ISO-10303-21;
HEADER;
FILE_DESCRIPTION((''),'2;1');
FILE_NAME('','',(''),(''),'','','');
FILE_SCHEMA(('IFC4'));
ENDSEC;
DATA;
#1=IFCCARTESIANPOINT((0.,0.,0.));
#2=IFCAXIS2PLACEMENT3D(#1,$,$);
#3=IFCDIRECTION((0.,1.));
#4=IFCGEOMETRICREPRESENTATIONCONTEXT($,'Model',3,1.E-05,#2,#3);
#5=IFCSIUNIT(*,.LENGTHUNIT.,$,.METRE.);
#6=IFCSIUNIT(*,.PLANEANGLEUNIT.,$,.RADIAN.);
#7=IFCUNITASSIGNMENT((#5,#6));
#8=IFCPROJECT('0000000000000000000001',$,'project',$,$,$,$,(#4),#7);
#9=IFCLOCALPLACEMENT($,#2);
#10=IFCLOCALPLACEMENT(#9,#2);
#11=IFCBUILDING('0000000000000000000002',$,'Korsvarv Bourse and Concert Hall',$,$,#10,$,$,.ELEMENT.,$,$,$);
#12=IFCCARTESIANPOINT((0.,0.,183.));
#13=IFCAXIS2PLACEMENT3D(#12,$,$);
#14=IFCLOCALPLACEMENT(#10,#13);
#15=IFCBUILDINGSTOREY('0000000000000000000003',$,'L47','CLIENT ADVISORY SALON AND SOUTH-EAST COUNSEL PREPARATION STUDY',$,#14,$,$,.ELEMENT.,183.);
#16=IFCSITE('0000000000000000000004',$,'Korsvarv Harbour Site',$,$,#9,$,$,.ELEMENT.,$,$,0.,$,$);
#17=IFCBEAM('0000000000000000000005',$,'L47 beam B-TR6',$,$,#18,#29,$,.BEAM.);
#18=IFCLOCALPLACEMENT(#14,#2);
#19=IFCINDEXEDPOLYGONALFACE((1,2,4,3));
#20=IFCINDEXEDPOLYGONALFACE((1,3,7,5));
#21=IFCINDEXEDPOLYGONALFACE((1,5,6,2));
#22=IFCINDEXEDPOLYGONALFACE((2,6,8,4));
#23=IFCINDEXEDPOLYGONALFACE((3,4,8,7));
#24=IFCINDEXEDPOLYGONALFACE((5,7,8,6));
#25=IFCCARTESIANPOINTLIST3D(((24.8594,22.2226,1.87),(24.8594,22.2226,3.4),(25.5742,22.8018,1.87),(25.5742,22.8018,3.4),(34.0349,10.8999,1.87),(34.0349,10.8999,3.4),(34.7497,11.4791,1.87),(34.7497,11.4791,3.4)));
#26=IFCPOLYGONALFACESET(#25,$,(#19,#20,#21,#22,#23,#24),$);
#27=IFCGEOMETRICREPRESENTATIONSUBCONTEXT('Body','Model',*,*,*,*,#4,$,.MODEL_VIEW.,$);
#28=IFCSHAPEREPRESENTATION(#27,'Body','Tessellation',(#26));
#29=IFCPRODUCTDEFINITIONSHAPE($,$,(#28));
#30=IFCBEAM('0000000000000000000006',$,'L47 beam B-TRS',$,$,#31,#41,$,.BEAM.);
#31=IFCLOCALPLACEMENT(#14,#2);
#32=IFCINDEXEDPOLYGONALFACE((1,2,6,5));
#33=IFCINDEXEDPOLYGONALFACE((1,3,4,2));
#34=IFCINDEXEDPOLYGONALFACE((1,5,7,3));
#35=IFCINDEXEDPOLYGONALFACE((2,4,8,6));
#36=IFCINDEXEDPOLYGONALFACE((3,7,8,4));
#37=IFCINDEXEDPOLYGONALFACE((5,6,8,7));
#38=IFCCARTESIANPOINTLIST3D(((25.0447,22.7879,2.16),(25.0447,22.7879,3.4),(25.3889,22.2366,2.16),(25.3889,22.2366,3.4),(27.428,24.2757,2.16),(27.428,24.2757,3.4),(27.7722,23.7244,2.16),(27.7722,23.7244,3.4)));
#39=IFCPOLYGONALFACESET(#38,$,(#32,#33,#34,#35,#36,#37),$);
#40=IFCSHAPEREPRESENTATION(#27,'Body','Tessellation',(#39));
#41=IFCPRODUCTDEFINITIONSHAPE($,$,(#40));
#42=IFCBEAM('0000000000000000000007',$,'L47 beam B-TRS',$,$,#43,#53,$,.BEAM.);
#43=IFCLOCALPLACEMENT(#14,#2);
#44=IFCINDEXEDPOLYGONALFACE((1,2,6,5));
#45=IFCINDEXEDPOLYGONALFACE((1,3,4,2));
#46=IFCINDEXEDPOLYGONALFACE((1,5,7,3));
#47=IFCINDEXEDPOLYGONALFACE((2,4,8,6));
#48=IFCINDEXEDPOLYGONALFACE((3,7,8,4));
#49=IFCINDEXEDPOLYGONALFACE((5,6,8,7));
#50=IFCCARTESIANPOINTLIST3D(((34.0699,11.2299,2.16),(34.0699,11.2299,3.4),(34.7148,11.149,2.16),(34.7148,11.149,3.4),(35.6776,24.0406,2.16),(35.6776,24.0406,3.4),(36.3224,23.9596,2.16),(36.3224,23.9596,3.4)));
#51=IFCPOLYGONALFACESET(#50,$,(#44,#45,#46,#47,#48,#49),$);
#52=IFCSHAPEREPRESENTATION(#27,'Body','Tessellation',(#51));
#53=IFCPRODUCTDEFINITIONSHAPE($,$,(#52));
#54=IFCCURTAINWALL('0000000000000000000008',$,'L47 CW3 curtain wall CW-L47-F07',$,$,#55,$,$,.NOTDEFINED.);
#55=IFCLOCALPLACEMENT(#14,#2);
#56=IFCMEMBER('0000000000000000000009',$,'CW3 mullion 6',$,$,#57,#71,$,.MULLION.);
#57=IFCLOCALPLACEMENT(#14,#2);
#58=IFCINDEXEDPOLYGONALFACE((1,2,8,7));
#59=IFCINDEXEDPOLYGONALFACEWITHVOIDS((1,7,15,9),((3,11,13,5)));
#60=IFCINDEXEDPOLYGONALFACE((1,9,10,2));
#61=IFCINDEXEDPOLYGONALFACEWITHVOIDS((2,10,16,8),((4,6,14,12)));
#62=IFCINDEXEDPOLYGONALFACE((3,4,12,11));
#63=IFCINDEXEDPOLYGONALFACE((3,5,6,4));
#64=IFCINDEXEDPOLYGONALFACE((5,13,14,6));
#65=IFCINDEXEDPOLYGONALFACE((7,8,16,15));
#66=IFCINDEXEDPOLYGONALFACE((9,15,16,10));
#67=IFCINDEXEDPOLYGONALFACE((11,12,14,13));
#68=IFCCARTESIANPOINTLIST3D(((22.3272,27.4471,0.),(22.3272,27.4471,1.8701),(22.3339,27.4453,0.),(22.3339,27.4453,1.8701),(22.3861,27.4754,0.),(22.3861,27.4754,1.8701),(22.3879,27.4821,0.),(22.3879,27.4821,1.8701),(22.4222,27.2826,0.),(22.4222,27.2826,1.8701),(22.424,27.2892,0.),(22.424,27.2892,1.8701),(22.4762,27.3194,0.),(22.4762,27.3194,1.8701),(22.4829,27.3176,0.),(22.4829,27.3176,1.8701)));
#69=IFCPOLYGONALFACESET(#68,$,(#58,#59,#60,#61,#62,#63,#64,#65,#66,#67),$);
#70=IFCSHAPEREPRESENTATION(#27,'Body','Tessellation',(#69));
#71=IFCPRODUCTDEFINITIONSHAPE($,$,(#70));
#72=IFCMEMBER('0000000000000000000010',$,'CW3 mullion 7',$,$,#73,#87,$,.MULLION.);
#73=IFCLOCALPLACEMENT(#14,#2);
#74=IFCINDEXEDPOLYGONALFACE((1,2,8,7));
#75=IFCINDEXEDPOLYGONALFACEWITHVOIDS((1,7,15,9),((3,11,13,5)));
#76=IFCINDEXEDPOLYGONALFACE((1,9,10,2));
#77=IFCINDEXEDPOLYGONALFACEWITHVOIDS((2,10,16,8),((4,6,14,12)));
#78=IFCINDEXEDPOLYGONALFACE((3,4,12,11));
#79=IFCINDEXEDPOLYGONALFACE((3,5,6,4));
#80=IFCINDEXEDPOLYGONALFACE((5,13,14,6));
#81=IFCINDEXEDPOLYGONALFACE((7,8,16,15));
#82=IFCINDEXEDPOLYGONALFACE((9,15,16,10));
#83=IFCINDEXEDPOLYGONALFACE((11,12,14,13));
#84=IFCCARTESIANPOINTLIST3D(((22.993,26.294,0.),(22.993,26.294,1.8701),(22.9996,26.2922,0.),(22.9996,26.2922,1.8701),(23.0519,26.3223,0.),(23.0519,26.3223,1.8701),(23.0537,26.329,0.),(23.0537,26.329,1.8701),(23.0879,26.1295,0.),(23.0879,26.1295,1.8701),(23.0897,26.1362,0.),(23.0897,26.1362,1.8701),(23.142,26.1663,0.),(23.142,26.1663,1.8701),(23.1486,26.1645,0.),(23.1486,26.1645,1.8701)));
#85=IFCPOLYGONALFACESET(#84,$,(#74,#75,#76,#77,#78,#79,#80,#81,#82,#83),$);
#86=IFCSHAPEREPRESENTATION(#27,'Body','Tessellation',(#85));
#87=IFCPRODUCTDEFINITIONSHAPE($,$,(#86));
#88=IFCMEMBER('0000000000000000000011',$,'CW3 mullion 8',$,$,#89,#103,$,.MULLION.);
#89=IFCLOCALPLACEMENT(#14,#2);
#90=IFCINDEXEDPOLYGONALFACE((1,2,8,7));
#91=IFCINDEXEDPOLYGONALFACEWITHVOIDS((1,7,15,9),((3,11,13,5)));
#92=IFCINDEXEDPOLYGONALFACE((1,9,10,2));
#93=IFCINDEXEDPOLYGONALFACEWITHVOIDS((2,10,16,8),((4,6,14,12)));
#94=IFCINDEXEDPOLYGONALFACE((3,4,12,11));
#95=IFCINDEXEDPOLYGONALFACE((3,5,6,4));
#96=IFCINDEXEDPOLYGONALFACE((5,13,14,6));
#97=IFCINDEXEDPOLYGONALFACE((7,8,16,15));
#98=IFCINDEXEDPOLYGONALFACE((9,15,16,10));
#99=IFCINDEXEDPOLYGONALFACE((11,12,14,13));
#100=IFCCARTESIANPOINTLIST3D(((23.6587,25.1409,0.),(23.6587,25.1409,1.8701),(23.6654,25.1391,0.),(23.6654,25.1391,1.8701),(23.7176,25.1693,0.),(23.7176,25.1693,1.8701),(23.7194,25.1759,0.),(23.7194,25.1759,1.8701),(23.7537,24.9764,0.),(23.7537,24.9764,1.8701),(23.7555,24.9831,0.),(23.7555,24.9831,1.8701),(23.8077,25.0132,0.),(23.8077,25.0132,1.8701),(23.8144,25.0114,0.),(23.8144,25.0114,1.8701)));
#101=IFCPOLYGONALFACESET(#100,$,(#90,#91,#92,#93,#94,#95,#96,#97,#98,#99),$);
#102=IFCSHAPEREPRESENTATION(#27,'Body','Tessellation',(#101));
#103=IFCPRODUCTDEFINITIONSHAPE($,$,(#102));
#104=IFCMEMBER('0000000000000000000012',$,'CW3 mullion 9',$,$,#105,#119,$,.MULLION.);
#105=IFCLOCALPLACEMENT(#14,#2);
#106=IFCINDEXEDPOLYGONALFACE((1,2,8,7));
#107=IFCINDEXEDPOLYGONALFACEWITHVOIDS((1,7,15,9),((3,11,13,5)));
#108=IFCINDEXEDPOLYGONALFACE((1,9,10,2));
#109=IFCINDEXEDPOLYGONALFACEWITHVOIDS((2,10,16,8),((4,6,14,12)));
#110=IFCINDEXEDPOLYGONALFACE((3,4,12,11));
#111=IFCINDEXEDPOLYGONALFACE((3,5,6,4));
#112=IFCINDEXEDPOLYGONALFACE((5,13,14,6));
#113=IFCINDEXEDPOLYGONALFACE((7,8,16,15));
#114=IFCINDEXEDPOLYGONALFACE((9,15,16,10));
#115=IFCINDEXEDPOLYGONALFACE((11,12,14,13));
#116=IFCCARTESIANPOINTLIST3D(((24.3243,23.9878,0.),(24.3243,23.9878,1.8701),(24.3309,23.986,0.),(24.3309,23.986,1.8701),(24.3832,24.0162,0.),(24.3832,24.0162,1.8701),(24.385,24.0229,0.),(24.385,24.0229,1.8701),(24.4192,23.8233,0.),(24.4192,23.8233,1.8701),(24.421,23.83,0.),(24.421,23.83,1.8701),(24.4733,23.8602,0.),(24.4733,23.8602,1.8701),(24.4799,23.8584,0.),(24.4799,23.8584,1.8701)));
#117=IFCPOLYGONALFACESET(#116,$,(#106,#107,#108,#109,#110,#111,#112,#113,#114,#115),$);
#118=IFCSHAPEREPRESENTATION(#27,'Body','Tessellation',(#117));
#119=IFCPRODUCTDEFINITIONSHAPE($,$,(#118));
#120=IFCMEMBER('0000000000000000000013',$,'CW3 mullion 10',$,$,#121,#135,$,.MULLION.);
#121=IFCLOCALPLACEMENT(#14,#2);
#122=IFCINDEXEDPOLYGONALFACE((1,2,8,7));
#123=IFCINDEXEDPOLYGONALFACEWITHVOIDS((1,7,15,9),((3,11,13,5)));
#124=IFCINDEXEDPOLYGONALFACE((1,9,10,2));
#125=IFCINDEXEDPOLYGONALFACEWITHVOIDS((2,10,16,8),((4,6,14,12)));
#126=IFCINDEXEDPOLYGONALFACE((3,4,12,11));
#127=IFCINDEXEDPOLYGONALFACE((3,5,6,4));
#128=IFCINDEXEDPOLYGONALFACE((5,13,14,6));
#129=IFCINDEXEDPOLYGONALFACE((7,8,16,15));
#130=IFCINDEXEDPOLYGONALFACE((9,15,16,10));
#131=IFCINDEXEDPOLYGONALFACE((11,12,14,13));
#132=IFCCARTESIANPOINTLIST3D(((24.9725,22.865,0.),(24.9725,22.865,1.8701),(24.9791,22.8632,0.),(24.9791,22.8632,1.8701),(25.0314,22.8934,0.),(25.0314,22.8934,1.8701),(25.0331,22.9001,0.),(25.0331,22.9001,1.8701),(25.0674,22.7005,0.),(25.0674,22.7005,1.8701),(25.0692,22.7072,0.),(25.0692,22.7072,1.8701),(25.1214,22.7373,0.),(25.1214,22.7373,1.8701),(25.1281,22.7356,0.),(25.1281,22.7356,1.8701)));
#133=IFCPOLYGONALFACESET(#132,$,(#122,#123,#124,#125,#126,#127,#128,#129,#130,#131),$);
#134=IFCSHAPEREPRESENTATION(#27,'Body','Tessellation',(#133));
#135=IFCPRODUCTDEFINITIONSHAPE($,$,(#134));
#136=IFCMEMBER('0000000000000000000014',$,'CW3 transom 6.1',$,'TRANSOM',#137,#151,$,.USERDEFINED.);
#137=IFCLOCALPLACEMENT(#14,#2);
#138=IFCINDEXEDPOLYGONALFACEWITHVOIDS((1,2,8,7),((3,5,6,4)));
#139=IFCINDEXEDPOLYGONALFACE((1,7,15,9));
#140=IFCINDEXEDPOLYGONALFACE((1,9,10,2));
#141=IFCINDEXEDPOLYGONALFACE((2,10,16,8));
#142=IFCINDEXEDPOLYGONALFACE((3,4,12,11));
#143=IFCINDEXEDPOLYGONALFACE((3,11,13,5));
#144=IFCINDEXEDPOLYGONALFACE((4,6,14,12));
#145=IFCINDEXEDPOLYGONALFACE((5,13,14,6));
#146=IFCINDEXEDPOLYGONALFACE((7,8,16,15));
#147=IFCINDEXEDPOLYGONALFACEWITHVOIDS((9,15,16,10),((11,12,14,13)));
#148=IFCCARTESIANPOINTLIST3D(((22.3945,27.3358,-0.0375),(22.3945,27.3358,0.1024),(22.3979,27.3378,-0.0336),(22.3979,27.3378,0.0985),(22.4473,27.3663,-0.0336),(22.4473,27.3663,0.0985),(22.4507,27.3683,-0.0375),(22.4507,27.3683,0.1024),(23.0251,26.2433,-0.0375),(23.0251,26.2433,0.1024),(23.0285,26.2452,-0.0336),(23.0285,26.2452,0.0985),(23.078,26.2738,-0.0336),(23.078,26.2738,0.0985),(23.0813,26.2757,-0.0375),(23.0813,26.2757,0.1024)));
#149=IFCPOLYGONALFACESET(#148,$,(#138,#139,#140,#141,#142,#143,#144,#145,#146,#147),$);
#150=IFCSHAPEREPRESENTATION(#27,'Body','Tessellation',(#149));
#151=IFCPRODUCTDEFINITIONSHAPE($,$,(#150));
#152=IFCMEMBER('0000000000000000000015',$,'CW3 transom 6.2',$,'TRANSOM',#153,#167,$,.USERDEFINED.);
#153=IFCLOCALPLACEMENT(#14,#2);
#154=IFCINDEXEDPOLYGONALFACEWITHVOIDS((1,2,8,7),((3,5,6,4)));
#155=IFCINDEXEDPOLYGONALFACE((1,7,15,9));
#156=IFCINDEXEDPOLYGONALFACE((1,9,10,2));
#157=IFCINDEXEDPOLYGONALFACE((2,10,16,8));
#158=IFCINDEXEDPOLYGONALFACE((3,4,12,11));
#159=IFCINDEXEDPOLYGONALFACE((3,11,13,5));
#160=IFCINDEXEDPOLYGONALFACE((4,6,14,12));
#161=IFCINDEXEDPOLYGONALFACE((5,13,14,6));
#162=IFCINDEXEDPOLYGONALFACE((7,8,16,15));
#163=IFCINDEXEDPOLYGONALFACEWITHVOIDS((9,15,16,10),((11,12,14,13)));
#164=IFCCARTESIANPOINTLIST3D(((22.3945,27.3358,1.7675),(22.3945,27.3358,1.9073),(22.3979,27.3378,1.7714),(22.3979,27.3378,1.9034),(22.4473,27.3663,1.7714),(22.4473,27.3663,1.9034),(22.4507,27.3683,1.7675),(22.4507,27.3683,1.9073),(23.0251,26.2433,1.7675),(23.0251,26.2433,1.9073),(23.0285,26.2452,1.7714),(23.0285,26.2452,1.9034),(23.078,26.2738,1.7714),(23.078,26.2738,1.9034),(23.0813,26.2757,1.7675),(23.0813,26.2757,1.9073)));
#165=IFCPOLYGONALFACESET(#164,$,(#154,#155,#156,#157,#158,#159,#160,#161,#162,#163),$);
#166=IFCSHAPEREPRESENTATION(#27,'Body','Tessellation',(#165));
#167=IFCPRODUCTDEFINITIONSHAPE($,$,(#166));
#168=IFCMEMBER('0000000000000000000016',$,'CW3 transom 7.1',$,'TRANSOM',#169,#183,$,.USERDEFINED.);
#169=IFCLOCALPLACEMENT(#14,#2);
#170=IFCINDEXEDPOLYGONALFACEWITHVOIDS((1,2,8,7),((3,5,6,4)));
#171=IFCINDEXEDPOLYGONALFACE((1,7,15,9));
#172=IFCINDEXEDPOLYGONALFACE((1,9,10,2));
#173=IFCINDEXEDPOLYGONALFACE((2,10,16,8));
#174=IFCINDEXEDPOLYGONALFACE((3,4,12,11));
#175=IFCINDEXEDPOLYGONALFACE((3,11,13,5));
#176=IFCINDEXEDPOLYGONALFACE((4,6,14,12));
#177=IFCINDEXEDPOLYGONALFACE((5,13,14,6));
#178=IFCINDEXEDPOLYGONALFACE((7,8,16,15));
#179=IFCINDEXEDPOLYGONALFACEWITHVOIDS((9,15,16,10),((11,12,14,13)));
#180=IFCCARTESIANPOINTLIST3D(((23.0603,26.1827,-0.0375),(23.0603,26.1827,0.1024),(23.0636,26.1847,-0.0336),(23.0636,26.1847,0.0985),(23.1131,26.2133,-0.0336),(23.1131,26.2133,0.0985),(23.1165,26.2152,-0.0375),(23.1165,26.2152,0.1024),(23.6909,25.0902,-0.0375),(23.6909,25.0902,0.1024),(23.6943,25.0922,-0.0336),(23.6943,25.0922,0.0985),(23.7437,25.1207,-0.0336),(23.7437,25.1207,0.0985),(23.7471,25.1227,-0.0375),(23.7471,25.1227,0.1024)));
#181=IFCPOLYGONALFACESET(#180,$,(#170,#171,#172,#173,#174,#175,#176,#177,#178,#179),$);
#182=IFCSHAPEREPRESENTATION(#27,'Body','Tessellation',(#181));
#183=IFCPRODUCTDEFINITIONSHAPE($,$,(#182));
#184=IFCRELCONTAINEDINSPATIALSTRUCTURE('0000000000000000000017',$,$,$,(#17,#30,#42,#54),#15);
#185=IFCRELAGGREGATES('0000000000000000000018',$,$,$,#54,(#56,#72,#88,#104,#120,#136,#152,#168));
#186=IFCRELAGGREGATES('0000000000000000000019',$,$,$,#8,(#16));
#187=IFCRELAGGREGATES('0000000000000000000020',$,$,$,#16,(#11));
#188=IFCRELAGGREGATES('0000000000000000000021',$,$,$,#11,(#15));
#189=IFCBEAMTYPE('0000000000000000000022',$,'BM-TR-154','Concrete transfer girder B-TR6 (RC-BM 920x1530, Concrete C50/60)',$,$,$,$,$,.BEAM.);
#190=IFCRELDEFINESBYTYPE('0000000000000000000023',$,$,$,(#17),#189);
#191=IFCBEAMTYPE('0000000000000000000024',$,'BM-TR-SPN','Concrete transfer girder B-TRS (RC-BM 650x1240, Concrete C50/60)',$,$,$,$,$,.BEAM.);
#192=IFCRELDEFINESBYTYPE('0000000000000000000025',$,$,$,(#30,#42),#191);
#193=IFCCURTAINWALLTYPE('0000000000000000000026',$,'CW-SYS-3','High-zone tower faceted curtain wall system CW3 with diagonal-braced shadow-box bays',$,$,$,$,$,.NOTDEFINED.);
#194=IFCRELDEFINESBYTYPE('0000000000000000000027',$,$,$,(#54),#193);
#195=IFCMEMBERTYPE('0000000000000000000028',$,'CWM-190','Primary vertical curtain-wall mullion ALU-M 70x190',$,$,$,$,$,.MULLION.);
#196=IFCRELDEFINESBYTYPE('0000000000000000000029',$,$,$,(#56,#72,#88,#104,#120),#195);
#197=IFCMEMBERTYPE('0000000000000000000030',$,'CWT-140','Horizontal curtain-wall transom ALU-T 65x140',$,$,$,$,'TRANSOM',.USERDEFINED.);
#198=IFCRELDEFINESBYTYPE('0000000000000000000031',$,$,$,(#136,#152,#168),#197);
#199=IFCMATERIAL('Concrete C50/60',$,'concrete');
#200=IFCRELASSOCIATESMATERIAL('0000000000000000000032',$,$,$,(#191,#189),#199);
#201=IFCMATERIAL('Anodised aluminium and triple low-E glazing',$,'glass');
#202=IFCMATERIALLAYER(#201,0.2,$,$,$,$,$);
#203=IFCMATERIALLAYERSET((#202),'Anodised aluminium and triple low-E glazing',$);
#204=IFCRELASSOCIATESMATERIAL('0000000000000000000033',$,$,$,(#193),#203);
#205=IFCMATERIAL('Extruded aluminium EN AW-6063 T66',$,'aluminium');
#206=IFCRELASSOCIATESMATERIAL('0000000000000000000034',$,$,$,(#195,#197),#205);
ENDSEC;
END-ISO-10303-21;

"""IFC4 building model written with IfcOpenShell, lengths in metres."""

from ifc_helpers import new_model, si_unit, direction, frame, origin, origin_2d, place, context, subcontext, project, spatial, rectangle, hollow_rectangle, extrude, source, transform, mapped, material, layer, layer_set, material_profile, profile_set, type_object, element, aggregate, save


model = new_model("IFC4")

# Units and contexts
model_context = context("Model", 3, precision=1e-05, world=origin(), true_north=direction((0.0, 1.0)))
body_context = subcontext(model_context, "Body", "Model", "MODEL_VIEW")
ifc_project = project(units=[si_unit("LENGTHUNIT", "METRE"), si_unit("PLANEANGLEUNIT", "RADIAN")], contexts=[model_context])

# Site, building, storey
site_placement = place(None, origin())
site = spatial("IfcSite", under=ifc_project, at=site_placement, Name="Korsvarv Harbour Site", CompositionType="ELEMENT", RefElevation=0.0)
building_placement = place(site_placement, origin())
building = spatial("IfcBuilding", under=site, at=building_placement, Name="Korsvarv Bourse and Concert Hall", CompositionType="ELEMENT")
storey_placement = place(building_placement, frame((0.0, 0.0, 183.0)))
storey = spatial("IfcBuildingStorey", under=building, at=storey_placement, Name="L47", Description="CLIENT ADVISORY SALON AND SOUTH-EAST COUNSEL PREPARATION STUDY", CompositionType="ELEMENT", Elevation=183.0)

# Beams
ifc_material_1 = material(Name="Concrete C50/60", Category="concrete")
ifc_material_profile_1 = material_profile(ifc_material_1, rectangle(XDim=0.6499, YDim=1.24, at=origin_2d()), Name="RC-BM 650x1240")
ifc_profile_set_1 = profile_set([ifc_material_profile_1], Name="Concrete C50/60")
beam_type_1 = type_object("IfcBeamType", Name="BM-TR-SPN", Description="Concrete transfer girder B-TRS (RC-BM 650x1240, Concrete C50/60)", PredefinedType="BEAM", material=ifc_profile_set_1)
ifc_material_profile_2 = material_profile(ifc_material_1, rectangle(XDim=0.9199, YDim=1.53, at=origin_2d()), Name="RC-BM 920x1530")
ifc_profile_set_2 = profile_set([ifc_material_profile_2], Name="Concrete C50/60")
beam_type_2 = type_object("IfcBeamType", Name="BM-TR-154", Description="Concrete transfer girder B-TR6 (RC-BM 920x1530, Concrete C50/60)", PredefinedType="BEAM", material=ifc_profile_set_2)
shared_shape_1 = source(origin(), body_context, "Body", "SweptSolid", [
    extrude(rectangle(XDim=0.9199, YDim=1.53, at=origin_2d()), origin(), (0.0, 0.0, 1.0), 14.5737),
])
beam_1_placement = place(storey_placement, frame((25.2168, 22.5122, 2.635), z_axis=(0.629592, -0.776926, 0.0), x_axis=(0.776926, 0.629592, 0.0)))
element("IfcBeam", 1, at=beam_1_placement, inside=storey, type_object=beam_type_2, Name="L47 beam B-TR6", PredefinedType="BEAM", context=body_context, shape_type="MappedRepresentation", body=[
    mapped(shared_shape_1, transform((0.0, 0.0, 0.0), scale=1.0)),
])
shared_shape_2 = source(origin(), body_context, "Body", "SweptSolid", [
    extrude(rectangle(XDim=0.6499, YDim=1.24, at=origin_2d()), origin(), (0.0, 0.0, 1.0), 2.8096),
])
beam_2_placement = place(storey_placement, frame((25.2168, 22.5122, 2.78), z_axis=(0.848281, 0.529546, 0.0), x_axis=(-0.529546, 0.848281, 0.0)))
element("IfcBeam", 2, at=beam_2_placement, inside=storey, type_object=beam_type_1, Name="L47 beam B-TRS", PredefinedType="BEAM", context=body_context, shape_type="MappedRepresentation", body=[
    mapped(shared_shape_2, transform((0.0, 0.0, 0.0), scale=1.0)),
])
shared_shape_3 = source(origin(), body_context, "Body", "SweptSolid", [
    extrude(rectangle(XDim=0.6499, YDim=1.24, at=origin_2d()), origin(), (0.0, 0.0, 1.0), 12.9111),
])
beam_3_placement = place(storey_placement, frame((34.3923, 11.1895, 2.78), z_axis=(0.124519, 0.992217, 0.0), x_axis=(-0.992217, 0.124519, 0.0)))
element("IfcBeam", 3, at=beam_3_placement, inside=storey, type_object=beam_type_1, Name="L47 beam B-TRS", PredefinedType="BEAM", context=body_context, shape_type="MappedRepresentation", body=[
    mapped(shared_shape_3, transform((0.0, 0.0, 0.0), scale=1.0)),
])

# Curtain wall, members
ifc_material_2 = material(Name="Anodised aluminium and triple low-E glazing", Category="glass")
ifc_layer_1 = layer(ifc_material_2, 0.2)
ifc_layer_set_1 = layer_set([ifc_layer_1], Name="Anodised aluminium and triple low-E glazing")
curtain_wall_type = type_object("IfcCurtainWallType", Name="CW-SYS-3", Description="High-zone tower faceted curtain wall system CW3 with diagonal-braced shadow-box bays", PredefinedType="NOTDEFINED", material=ifc_layer_set_1)
curtain_wall_placement = place(storey_placement, origin())
curtain_wall = element("IfcCurtainWall", 4, at=curtain_wall_placement, inside=storey, type_object=curtain_wall_type, Name="L47 CW3 curtain wall CW-L47-F07", PredefinedType="NOTDEFINED")
ifc_material_3 = material(Name="Extruded aluminium EN AW-6063 T66", Category="aluminium")
ifc_material_profile_3 = material_profile(ifc_material_3, hollow_rectangle(XDim=0.0701, YDim=0.1899, WallThickness=0.0049, at=origin_2d()), Name="ALU-M 70x190")
ifc_profile_set_3 = profile_set([ifc_material_profile_3], Name="Extruded aluminium EN AW-6063 T66")
member_type_1 = type_object("IfcMemberType", Name="CWM-190", Description="Primary vertical curtain-wall mullion ALU-M 70x190", PredefinedType="MULLION", material=ifc_profile_set_3)
shared_shape_4 = source(origin(), body_context, "Body", "SweptSolid", [
    extrude(hollow_rectangle(XDim=0.0701, YDim=0.1899, WallThickness=0.0049, at=origin_2d()), origin(), (0.0, 0.0, 1.0), 1.8701),
])
member_1_placement = place(storey_placement, frame((22.405, 27.3823, 0.0), z_axis=(0.0, 0.0, 1.0), x_axis=(0.866029, 0.499994, 0.0)))
member_1 = element("IfcMember", 5, at=member_1_placement, type_object=member_type_1, Name="CW3 mullion 6", PredefinedType="MULLION", context=body_context, shape_type="MappedRepresentation", body=[
    mapped(shared_shape_4, transform((0.0, 0.0, 0.0), scale=1.0)),
])
member_2_placement = place(storey_placement, frame((23.0708, 26.2292, 0.0), z_axis=(0.0, 0.0, 1.0), x_axis=(0.866029, 0.499994, 0.0)))
member_2 = element("IfcMember", 6, at=member_2_placement, type_object=member_type_1, Name="CW3 mullion 7", PredefinedType="MULLION", context=body_context, shape_type="MappedRepresentation", body=[
    mapped(shared_shape_4, transform((0.0, 0.0, 0.0), scale=1.0)),
])
member_3_placement = place(storey_placement, frame((23.7366, 25.0762, 0.0), z_axis=(0.0, 0.0, 1.0), x_axis=(0.866029, 0.499994, 0.0)))
member_3 = element("IfcMember", 7, at=member_3_placement, type_object=member_type_1, Name="CW3 mullion 8", PredefinedType="MULLION", context=body_context, shape_type="MappedRepresentation", body=[
    mapped(shared_shape_4, transform((0.0, 0.0, 0.0), scale=1.0)),
])
member_4_placement = place(storey_placement, frame((24.4021, 23.9231, 0.0), z_axis=(0.0, 0.0, 1.0), x_axis=(0.866029, 0.499994, 0.0)))
member_4 = element("IfcMember", 8, at=member_4_placement, type_object=member_type_1, Name="CW3 mullion 9", PredefinedType="MULLION", context=body_context, shape_type="MappedRepresentation", body=[
    mapped(shared_shape_4, transform((0.0, 0.0, 0.0), scale=1.0)),
])
member_5_placement = place(storey_placement, frame((25.0503, 22.8003, 0.0), z_axis=(0.0, 0.0, 1.0), x_axis=(0.866029, 0.499994, 0.0)))
member_5 = element("IfcMember", 9, at=member_5_placement, type_object=member_type_1, Name="CW3 mullion 10", PredefinedType="MULLION", context=body_context, shape_type="MappedRepresentation", body=[
    mapped(shared_shape_4, transform((0.0, 0.0, 0.0), scale=1.0)),
])
ifc_material_profile_4 = material_profile(ifc_material_3, hollow_rectangle(XDim=0.0649, YDim=0.1399, WallThickness=0.0039, at=origin_2d()), Name="ALU-T 65x140")
ifc_profile_set_4 = profile_set([ifc_material_profile_4], Name="Extruded aluminium EN AW-6063 T66")
member_type_2 = type_object("IfcMemberType", Name="CWT-140", Description="Horizontal curtain-wall transom ALU-T 65x140", ElementType="TRANSOM", PredefinedType="USERDEFINED", material=ifc_profile_set_4)
shared_shape_5 = source(origin(), body_context, "Body", "SweptSolid", [
    extrude(hollow_rectangle(XDim=0.0649, YDim=0.1399, WallThickness=0.0039, at=origin_2d()), origin(), (0.0, 0.0, 1.0), 1.2615),
])
member_6_placement = place(storey_placement, frame((22.4226, 27.3521, 0.0325), z_axis=(0.499907, -0.866079, 0.0), x_axis=(0.866079, 0.499907, 0.0)))
member_6 = element("IfcMember", 10, at=member_6_placement, type_object=member_type_2, Name="CW3 transom 6.1", ObjectType="TRANSOM", PredefinedType="USERDEFINED", context=body_context, shape_type="MappedRepresentation", body=[
    mapped(shared_shape_5, transform((0.0, 0.0, 0.0), scale=1.0)),
])
member_7_placement = place(storey_placement, frame((22.4226, 27.3521, 1.8374), z_axis=(0.499907, -0.866079, 0.0), x_axis=(0.866079, 0.499907, 0.0)))
member_7 = element("IfcMember", 11, at=member_7_placement, type_object=member_type_2, Name="CW3 transom 6.2", ObjectType="TRANSOM", PredefinedType="USERDEFINED", context=body_context, shape_type="MappedRepresentation", body=[
    mapped(shared_shape_5, transform((0.0, 0.0, 0.0), scale=1.0)),
])
member_8_placement = place(storey_placement, frame((23.0884, 26.199, 0.0325), z_axis=(0.499907, -0.866079, 0.0), x_axis=(0.866079, 0.499907, 0.0)))
member_8 = element("IfcMember", 12, at=member_8_placement, type_object=member_type_2, Name="CW3 transom 7.1", ObjectType="TRANSOM", PredefinedType="USERDEFINED", context=body_context, shape_type="MappedRepresentation", body=[
    mapped(shared_shape_5, transform((0.0, 0.0, 0.0), scale=1.0)),
])
aggregate(curtain_wall, [member_1, member_2, member_3, member_4, member_5, member_6, member_7, member_8])

save(model, "model.ifc")
